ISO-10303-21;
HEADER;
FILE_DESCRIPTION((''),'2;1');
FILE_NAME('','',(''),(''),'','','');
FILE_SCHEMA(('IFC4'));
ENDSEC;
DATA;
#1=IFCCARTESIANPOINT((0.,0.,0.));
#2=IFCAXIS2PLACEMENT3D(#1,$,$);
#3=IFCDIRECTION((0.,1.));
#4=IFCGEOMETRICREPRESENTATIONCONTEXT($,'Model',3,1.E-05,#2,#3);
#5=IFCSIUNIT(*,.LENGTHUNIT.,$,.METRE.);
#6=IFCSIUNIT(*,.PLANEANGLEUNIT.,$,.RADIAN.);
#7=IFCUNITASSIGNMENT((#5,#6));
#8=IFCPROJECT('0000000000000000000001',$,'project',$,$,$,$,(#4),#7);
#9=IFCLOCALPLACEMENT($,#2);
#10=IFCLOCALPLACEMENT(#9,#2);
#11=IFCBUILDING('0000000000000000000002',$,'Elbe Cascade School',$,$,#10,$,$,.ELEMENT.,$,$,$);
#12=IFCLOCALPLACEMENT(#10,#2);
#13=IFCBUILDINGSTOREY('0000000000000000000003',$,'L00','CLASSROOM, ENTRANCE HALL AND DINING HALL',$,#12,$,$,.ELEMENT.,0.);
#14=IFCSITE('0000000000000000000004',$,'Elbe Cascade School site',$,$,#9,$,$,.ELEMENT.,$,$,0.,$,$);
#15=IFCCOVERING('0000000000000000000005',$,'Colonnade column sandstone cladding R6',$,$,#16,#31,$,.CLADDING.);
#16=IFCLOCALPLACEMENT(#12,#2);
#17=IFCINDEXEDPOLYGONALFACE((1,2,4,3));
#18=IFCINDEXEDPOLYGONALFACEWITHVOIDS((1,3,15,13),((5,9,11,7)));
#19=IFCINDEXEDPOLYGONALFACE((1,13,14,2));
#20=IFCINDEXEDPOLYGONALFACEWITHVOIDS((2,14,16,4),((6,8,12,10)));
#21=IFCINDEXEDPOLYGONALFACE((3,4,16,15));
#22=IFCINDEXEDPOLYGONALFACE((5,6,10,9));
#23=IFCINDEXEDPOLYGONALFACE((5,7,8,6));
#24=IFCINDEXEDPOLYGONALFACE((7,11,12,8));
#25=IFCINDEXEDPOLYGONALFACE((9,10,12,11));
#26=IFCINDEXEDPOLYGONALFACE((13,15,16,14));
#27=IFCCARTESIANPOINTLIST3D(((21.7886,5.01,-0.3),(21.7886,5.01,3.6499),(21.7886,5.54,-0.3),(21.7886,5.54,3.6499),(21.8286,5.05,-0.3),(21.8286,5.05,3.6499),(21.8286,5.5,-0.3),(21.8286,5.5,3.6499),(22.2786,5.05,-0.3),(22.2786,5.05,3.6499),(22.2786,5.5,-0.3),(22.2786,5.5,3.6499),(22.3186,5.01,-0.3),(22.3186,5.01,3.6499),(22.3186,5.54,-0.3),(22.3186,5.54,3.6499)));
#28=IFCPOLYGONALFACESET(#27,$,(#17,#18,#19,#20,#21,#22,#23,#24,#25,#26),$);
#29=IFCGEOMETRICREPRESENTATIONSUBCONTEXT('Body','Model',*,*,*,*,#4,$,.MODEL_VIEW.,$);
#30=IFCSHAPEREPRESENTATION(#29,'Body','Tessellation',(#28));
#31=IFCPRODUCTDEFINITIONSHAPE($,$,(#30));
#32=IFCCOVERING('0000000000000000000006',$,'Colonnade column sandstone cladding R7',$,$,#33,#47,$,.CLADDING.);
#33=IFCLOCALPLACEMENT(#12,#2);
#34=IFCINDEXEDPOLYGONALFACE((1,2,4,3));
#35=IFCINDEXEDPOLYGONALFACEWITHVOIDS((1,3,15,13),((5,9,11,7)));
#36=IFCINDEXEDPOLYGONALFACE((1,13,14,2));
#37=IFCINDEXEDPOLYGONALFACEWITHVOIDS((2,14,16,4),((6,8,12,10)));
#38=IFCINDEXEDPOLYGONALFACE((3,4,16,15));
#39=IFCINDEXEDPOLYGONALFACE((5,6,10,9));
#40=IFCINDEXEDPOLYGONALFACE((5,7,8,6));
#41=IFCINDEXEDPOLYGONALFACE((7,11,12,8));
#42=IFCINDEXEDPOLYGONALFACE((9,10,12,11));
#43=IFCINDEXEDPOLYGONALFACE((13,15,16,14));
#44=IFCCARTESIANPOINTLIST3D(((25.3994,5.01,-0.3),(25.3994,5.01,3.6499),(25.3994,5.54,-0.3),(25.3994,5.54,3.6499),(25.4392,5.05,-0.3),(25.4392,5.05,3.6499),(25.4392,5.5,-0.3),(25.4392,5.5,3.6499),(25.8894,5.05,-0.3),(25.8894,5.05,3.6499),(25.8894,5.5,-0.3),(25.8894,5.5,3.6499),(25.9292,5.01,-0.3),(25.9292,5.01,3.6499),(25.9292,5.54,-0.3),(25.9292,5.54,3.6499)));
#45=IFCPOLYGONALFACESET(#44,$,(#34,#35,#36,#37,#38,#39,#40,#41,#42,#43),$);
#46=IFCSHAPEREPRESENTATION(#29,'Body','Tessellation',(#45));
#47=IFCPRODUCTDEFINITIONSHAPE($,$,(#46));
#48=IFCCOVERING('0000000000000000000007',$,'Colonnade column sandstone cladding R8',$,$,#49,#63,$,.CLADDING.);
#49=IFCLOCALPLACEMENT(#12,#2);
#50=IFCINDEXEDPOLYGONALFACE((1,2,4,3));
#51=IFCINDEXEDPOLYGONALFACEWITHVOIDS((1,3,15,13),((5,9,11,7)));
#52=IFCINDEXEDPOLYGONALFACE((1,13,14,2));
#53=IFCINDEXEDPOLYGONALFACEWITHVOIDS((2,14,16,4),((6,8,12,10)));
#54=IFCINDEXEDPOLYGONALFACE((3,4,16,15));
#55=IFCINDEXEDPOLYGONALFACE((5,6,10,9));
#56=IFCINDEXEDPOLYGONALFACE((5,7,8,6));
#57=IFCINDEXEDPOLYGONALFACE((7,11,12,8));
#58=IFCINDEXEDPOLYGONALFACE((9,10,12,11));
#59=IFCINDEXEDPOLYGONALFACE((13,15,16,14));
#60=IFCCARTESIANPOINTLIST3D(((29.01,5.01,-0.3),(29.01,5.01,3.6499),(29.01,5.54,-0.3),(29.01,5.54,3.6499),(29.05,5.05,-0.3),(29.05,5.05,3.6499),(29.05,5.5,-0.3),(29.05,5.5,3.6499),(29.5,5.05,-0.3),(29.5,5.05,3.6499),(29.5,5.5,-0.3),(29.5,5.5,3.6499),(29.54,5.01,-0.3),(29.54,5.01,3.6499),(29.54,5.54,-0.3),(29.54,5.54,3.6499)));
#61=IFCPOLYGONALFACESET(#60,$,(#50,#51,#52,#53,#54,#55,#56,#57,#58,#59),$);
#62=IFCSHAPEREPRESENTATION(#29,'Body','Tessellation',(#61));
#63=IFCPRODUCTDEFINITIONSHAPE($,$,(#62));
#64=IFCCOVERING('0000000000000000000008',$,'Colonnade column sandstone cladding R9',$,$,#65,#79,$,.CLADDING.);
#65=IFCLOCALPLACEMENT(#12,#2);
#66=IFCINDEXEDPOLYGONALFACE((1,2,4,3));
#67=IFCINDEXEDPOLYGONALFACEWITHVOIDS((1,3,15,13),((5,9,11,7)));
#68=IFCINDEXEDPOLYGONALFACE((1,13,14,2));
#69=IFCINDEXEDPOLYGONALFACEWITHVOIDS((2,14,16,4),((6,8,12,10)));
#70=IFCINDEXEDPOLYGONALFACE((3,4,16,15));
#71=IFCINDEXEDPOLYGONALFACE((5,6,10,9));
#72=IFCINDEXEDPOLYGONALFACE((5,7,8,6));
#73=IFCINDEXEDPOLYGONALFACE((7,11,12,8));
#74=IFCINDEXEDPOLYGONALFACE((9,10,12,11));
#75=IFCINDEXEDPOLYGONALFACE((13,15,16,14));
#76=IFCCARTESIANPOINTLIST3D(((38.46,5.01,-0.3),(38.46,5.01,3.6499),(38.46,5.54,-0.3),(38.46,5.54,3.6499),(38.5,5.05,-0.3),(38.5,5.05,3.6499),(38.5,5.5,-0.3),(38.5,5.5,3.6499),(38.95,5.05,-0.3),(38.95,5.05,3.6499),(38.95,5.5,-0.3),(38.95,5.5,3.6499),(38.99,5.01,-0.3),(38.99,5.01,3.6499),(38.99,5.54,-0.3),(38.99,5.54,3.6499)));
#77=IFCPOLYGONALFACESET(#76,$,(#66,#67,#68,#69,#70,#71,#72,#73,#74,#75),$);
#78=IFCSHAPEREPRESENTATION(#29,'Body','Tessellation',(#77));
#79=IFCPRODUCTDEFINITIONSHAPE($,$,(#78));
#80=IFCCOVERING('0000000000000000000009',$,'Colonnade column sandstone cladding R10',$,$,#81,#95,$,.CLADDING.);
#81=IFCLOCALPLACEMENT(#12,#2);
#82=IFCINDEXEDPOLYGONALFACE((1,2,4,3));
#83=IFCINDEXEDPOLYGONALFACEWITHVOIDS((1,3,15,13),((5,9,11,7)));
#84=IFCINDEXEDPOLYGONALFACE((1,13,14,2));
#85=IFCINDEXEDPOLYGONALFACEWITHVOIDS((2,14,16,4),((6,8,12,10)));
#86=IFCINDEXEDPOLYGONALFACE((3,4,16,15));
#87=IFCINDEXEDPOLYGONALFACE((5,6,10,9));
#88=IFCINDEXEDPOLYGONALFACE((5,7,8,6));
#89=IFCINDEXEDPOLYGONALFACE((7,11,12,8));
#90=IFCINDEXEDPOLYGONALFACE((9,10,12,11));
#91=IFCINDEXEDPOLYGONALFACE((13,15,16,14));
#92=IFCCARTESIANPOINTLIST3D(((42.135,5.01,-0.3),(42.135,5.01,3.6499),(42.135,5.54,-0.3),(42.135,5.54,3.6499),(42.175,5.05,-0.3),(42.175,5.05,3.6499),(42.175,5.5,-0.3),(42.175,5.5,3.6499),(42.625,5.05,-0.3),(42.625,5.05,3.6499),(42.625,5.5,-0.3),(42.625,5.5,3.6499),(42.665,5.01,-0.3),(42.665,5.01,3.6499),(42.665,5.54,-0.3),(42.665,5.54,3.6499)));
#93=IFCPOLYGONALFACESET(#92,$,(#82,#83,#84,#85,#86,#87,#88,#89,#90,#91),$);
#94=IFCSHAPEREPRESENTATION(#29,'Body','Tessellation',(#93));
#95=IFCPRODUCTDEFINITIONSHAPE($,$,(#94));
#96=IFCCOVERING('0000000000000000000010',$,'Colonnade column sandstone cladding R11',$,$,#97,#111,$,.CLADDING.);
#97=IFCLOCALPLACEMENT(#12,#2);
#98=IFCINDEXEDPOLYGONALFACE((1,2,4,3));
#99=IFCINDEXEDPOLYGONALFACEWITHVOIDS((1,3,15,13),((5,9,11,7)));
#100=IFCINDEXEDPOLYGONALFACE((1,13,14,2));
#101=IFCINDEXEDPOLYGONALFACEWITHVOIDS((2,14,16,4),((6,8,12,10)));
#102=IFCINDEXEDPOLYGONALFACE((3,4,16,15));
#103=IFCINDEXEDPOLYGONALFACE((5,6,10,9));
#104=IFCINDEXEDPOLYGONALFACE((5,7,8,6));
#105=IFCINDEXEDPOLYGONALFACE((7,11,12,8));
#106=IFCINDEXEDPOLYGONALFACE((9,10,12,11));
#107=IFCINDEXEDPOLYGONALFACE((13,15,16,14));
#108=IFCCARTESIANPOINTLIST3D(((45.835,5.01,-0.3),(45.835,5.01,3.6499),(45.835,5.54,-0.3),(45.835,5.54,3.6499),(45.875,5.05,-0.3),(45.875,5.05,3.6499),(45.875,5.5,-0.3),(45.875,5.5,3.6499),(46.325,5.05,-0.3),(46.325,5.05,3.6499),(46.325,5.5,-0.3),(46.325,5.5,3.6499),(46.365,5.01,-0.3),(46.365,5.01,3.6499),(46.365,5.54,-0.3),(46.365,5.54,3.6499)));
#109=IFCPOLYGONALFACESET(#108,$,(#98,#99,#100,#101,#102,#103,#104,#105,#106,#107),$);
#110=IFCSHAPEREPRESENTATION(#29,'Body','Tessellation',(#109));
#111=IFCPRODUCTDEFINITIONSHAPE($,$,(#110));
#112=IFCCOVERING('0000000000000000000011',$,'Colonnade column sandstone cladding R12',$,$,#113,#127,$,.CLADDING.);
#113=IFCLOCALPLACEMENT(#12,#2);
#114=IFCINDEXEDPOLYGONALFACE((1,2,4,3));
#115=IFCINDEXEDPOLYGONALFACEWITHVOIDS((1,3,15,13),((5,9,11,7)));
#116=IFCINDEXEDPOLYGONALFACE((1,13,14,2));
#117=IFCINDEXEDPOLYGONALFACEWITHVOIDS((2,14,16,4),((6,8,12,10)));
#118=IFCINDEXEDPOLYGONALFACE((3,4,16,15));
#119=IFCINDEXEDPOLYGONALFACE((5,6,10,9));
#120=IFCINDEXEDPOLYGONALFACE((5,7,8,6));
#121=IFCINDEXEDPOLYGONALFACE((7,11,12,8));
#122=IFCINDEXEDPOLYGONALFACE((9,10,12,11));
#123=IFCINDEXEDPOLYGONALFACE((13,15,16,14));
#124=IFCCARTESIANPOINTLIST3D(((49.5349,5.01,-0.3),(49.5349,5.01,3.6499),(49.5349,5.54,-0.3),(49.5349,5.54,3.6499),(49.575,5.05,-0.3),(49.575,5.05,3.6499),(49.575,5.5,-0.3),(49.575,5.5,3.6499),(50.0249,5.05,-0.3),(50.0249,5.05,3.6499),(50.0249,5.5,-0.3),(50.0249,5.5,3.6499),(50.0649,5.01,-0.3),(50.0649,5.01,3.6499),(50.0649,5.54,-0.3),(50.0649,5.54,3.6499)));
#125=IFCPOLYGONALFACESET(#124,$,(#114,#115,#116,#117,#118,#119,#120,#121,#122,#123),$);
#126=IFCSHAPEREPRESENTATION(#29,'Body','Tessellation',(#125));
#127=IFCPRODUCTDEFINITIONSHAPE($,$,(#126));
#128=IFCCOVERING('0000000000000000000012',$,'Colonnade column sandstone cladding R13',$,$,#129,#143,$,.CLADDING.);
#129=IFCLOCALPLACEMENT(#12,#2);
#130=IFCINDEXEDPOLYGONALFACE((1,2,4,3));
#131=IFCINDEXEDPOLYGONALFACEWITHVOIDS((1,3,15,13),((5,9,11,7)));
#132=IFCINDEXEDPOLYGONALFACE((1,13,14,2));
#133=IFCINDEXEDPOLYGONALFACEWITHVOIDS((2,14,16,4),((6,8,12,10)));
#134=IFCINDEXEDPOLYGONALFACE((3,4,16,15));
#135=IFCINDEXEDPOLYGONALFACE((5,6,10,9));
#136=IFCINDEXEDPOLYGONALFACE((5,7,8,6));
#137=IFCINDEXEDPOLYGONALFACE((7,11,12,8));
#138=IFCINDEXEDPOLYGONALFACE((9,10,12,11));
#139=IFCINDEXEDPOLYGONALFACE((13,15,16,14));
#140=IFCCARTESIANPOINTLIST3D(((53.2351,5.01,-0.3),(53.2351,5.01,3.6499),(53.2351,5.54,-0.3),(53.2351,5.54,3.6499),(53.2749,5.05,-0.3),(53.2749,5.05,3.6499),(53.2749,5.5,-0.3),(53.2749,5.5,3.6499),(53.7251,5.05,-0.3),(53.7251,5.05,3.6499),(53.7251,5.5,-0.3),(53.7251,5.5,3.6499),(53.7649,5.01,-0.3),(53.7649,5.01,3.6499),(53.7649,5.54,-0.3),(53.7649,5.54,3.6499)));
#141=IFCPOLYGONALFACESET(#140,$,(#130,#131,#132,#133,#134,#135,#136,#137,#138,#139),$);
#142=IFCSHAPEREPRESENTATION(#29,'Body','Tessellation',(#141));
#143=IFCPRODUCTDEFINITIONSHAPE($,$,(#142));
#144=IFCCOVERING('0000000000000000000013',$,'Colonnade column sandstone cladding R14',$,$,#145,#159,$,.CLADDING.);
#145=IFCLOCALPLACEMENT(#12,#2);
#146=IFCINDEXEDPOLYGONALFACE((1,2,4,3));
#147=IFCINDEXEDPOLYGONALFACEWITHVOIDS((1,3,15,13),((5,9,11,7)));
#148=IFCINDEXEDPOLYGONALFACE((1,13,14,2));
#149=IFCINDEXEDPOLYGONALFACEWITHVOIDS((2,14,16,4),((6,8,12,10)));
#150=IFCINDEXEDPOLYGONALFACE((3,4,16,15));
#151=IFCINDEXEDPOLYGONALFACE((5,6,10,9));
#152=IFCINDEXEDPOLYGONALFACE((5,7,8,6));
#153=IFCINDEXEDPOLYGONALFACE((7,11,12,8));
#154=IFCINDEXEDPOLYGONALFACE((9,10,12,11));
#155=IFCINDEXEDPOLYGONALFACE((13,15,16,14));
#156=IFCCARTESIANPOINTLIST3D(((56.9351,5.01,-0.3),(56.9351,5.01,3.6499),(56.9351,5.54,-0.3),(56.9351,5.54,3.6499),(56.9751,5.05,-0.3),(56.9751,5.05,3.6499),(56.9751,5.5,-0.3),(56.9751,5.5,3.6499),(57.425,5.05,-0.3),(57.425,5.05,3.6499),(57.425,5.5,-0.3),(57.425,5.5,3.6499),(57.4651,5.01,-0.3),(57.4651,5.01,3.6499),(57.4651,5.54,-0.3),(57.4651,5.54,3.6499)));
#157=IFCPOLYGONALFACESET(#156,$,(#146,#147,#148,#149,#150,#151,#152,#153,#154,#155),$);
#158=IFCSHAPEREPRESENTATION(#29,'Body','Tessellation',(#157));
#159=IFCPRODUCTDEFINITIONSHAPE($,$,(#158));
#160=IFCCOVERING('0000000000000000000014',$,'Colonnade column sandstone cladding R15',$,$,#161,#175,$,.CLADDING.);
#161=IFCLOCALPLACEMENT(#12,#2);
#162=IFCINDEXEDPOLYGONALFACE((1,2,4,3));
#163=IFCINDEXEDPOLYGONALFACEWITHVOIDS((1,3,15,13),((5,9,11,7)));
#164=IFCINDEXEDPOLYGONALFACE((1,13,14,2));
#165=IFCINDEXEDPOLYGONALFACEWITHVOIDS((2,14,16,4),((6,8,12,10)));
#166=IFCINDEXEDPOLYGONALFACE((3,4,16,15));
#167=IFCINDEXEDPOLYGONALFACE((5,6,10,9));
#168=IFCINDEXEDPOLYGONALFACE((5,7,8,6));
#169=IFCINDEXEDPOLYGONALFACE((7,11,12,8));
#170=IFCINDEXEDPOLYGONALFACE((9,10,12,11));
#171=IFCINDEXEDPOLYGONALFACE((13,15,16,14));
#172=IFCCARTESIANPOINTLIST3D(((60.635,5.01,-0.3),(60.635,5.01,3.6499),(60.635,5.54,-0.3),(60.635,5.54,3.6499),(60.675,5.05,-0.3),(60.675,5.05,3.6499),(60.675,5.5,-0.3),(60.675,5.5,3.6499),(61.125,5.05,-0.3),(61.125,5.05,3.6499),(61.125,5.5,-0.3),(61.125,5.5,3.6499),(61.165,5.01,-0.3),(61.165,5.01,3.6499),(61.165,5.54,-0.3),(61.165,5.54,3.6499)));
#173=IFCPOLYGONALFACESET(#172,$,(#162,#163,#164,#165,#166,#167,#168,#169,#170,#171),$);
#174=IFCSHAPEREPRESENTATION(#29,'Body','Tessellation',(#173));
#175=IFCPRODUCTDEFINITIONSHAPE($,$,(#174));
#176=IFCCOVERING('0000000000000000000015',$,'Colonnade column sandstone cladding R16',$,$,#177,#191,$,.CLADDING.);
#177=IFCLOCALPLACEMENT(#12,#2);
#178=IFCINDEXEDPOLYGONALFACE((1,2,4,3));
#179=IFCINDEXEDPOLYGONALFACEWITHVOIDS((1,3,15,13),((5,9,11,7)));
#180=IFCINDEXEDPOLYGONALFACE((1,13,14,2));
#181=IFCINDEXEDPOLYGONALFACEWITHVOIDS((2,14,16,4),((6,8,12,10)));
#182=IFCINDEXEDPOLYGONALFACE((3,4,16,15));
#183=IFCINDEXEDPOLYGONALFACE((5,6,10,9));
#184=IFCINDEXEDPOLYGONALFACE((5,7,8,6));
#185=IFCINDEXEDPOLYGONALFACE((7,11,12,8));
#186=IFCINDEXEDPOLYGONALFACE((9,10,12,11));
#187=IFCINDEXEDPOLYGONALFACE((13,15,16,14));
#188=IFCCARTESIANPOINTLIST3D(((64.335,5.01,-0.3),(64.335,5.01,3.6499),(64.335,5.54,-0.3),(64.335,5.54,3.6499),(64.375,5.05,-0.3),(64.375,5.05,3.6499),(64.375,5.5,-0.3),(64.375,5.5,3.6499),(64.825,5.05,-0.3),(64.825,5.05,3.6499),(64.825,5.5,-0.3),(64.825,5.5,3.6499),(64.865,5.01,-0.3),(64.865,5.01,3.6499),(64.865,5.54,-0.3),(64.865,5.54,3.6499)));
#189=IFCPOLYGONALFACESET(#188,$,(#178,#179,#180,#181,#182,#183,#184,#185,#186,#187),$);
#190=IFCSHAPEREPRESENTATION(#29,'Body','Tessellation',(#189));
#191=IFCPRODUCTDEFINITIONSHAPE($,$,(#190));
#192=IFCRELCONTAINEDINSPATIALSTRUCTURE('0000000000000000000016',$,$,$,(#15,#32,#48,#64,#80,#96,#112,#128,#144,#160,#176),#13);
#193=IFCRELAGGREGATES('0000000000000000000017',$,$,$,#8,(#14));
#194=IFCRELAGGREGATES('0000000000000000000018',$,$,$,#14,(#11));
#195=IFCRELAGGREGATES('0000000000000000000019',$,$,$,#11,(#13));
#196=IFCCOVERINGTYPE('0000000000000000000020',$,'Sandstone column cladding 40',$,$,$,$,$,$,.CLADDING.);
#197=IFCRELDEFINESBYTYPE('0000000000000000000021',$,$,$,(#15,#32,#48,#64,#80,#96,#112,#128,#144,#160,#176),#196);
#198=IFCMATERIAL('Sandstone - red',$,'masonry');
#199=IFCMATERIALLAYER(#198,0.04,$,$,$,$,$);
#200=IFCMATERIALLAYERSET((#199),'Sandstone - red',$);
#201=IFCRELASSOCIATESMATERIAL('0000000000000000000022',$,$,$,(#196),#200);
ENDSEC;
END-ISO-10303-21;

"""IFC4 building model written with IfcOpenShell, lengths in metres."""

from ifc_helpers import new_model, si_unit, direction, frame, origin, place, context, subcontext, project, spatial, polyline, outline, extrude, material, layer, layer_set, type_object, element, save


model = new_model("IFC4")

# Units and contexts
model_context = context("Model", 3, precision=1e-05, world=origin(), true_north=direction((0.0, 1.0)))
body_context = subcontext(model_context, "Body", "Model", "MODEL_VIEW")
ifc_project = project(units=[si_unit("LENGTHUNIT", "METRE"), si_unit("PLANEANGLEUNIT", "RADIAN")], contexts=[model_context])

# Site, building, storey
site_placement = place(None, origin())
site = spatial("IfcSite", under=ifc_project, at=site_placement, Name="Elbe Cascade School site", CompositionType="ELEMENT", RefElevation=0.0)
building_placement = place(site_placement, origin())
building = spatial("IfcBuilding", under=site, at=building_placement, Name="Elbe Cascade School", CompositionType="ELEMENT")
storey_placement = place(building_placement, origin())
storey = spatial("IfcBuildingStorey", under=building, at=storey_placement, Name="L00", Description="CLASSROOM, ENTRANCE HALL AND DINING HALL", CompositionType="ELEMENT", Elevation=0.0)

# Coverings
ifc_material = material(Name="Sandstone - red", Category="masonry")
ifc_layer = layer(ifc_material, 0.04)
ifc_layer_set = layer_set([ifc_layer], Name="Sandstone - red")
covering_type = type_object("IfcCoveringType", Name="Sandstone column cladding 40", PredefinedType="CLADDING", material=ifc_layer_set)
covering_1_placement = place(storey_placement, frame((0.0, 0.0, -0.3)))
element("IfcCovering", 1, at=covering_1_placement, inside=storey, type_object=covering_type, Name="Colonnade column sandstone cladding R6", PredefinedType="CLADDING", context=body_context, shape_type="SweptSolid", body=[
    extrude(outline(polyline([(21.7886, 5.01), (22.3186, 5.01), (22.3186, 5.54), (21.7886, 5.54), (21.7886, 5.01)]), holes=[polyline([(21.8286, 5.5), (22.2786, 5.5), (22.2786, 5.05), (21.8286, 5.05), (21.8286, 5.5)])]), origin(), (0.0, 0.0, 1.0), 3.95),
])
covering_2_placement = place(storey_placement, frame((0.0, 0.0, -0.3)))
element("IfcCovering", 2, at=covering_2_placement, inside=storey, type_object=covering_type, Name="Colonnade column sandstone cladding R7", PredefinedType="CLADDING", context=body_context, shape_type="SweptSolid", body=[
    extrude(outline(polyline([(25.3994, 5.01), (25.9292, 5.01), (25.9292, 5.54), (25.3994, 5.54), (25.3994, 5.01)]), holes=[polyline([(25.4392, 5.5), (25.8894, 5.5), (25.8894, 5.05), (25.4392, 5.05), (25.4392, 5.5)])]), origin(), (0.0, 0.0, 1.0), 3.95),
])
covering_3_placement = place(storey_placement, frame((0.0, 0.0, -0.3)))
element("IfcCovering", 3, at=covering_3_placement, inside=storey, type_object=covering_type, Name="Colonnade column sandstone cladding R8", PredefinedType="CLADDING", context=body_context, shape_type="SweptSolid", body=[
    extrude(outline(polyline([(29.01, 5.01), (29.54, 5.01), (29.54, 5.54), (29.01, 5.54), (29.01, 5.01)]), holes=[polyline([(29.05, 5.5), (29.5, 5.5), (29.5, 5.05), (29.05, 5.05), (29.05, 5.5)])]), origin(), (0.0, 0.0, 1.0), 3.95),
])
covering_4_placement = place(storey_placement, frame((0.0, 0.0, -0.3)))
element("IfcCovering", 4, at=covering_4_placement, inside=storey, type_object=covering_type, Name="Colonnade column sandstone cladding R9", PredefinedType="CLADDING", context=body_context, shape_type="SweptSolid", body=[
    extrude(outline(polyline([(38.46, 5.01), (38.99, 5.01), (38.99, 5.54), (38.46, 5.54), (38.46, 5.01)]), holes=[polyline([(38.5, 5.5), (38.95, 5.5), (38.95, 5.05), (38.5, 5.05), (38.5, 5.5)])]), origin(), (0.0, 0.0, 1.0), 3.95),
])
covering_5_placement = place(storey_placement, frame((0.0, 0.0, -0.3)))
element("IfcCovering", 5, at=covering_5_placement, inside=storey, type_object=covering_type, Name="Colonnade column sandstone cladding R10", PredefinedType="CLADDING", context=body_context, shape_type="SweptSolid", body=[
    extrude(outline(polyline([(42.135, 5.01), (42.665, 5.01), (42.665, 5.54), (42.135, 5.54), (42.135, 5.01)]), holes=[polyline([(42.175, 5.5), (42.625, 5.5), (42.625, 5.05), (42.175, 5.05), (42.175, 5.5)])]), origin(), (0.0, 0.0, 1.0), 3.95),
])
covering_6_placement = place(storey_placement, frame((0.0, 0.0, -0.3)))
element("IfcCovering", 6, at=covering_6_placement, inside=storey, type_object=covering_type, Name="Colonnade column sandstone cladding R11", PredefinedType="CLADDING", context=body_context, shape_type="SweptSolid", body=[
    extrude(outline(polyline([(45.835, 5.01), (46.365, 5.01), (46.365, 5.54), (45.835, 5.54), (45.835, 5.01)]), holes=[polyline([(45.875, 5.5), (46.325, 5.5), (46.325, 5.05), (45.875, 5.05), (45.875, 5.5)])]), origin(), (0.0, 0.0, 1.0), 3.95),
])
covering_7_placement = place(storey_placement, frame((0.0, 0.0, -0.3)))
element("IfcCovering", 7, at=covering_7_placement, inside=storey, type_object=covering_type, Name="Colonnade column sandstone cladding R12", PredefinedType="CLADDING", context=body_context, shape_type="SweptSolid", body=[
    extrude(outline(polyline([(49.5349, 5.01), (50.0649, 5.01), (50.0649, 5.54), (49.5349, 5.54), (49.5349, 5.01)]), holes=[polyline([(49.575, 5.5), (50.0249, 5.5), (50.0249, 5.05), (49.575, 5.05), (49.575, 5.5)])]), origin(), (0.0, 0.0, 1.0), 3.95),
])
covering_8_placement = place(storey_placement, frame((0.0, 0.0, -0.3)))
element("IfcCovering", 8, at=covering_8_placement, inside=storey, type_object=covering_type, Name="Colonnade column sandstone cladding R13", PredefinedType="CLADDING", context=body_context, shape_type="SweptSolid", body=[
    extrude(outline(polyline([(53.2351, 5.01), (53.7649, 5.01), (53.7649, 5.54), (53.2351, 5.54), (53.2351, 5.01)]), holes=[polyline([(53.2749, 5.5), (53.7251, 5.5), (53.7251, 5.05), (53.2749, 5.05), (53.2749, 5.5)])]), origin(), (0.0, 0.0, 1.0), 3.95),
])
covering_9_placement = place(storey_placement, frame((0.0, 0.0, -0.3)))
element("IfcCovering", 9, at=covering_9_placement, inside=storey, type_object=covering_type, Name="Colonnade column sandstone cladding R14", PredefinedType="CLADDING", context=body_context, shape_type="SweptSolid", body=[
    extrude(outline(polyline([(56.9351, 5.01), (57.4651, 5.01), (57.4651, 5.54), (56.9351, 5.54), (56.9351, 5.01)]), holes=[polyline([(56.9751, 5.5), (57.425, 5.5), (57.425, 5.05), (56.9751, 5.05), (56.9751, 5.5)])]), origin(), (0.0, 0.0, 1.0), 3.95),
])
covering_10_placement = place(storey_placement, frame((0.0, 0.0, -0.3)))
element("IfcCovering", 10, at=covering_10_placement, inside=storey, type_object=covering_type, Name="Colonnade column sandstone cladding R15", PredefinedType="CLADDING", context=body_context, shape_type="SweptSolid", body=[
    extrude(outline(polyline([(60.635, 5.01), (61.165, 5.01), (61.165, 5.54), (60.635, 5.54), (60.635, 5.01)]), holes=[polyline([(60.675, 5.5), (61.125, 5.5), (61.125, 5.05), (60.675, 5.05), (60.675, 5.5)])]), origin(), (0.0, 0.0, 1.0), 3.95),
])
covering_11_placement = place(storey_placement, frame((0.0, 0.0, -0.3)))
element("IfcCovering", 11, at=covering_11_placement, inside=storey, type_object=covering_type, Name="Colonnade column sandstone cladding R16", PredefinedType="CLADDING", context=body_context, shape_type="SweptSolid", body=[
    extrude(outline(polyline([(64.335, 5.01), (64.865, 5.01), (64.865, 5.54), (64.335, 5.54), (64.335, 5.01)]), holes=[polyline([(64.375, 5.5), (64.825, 5.5), (64.825, 5.05), (64.375, 5.05), (64.375, 5.5)])]), origin(), (0.0, 0.0, 1.0), 3.95),
])

save(model, "model.ifc")
